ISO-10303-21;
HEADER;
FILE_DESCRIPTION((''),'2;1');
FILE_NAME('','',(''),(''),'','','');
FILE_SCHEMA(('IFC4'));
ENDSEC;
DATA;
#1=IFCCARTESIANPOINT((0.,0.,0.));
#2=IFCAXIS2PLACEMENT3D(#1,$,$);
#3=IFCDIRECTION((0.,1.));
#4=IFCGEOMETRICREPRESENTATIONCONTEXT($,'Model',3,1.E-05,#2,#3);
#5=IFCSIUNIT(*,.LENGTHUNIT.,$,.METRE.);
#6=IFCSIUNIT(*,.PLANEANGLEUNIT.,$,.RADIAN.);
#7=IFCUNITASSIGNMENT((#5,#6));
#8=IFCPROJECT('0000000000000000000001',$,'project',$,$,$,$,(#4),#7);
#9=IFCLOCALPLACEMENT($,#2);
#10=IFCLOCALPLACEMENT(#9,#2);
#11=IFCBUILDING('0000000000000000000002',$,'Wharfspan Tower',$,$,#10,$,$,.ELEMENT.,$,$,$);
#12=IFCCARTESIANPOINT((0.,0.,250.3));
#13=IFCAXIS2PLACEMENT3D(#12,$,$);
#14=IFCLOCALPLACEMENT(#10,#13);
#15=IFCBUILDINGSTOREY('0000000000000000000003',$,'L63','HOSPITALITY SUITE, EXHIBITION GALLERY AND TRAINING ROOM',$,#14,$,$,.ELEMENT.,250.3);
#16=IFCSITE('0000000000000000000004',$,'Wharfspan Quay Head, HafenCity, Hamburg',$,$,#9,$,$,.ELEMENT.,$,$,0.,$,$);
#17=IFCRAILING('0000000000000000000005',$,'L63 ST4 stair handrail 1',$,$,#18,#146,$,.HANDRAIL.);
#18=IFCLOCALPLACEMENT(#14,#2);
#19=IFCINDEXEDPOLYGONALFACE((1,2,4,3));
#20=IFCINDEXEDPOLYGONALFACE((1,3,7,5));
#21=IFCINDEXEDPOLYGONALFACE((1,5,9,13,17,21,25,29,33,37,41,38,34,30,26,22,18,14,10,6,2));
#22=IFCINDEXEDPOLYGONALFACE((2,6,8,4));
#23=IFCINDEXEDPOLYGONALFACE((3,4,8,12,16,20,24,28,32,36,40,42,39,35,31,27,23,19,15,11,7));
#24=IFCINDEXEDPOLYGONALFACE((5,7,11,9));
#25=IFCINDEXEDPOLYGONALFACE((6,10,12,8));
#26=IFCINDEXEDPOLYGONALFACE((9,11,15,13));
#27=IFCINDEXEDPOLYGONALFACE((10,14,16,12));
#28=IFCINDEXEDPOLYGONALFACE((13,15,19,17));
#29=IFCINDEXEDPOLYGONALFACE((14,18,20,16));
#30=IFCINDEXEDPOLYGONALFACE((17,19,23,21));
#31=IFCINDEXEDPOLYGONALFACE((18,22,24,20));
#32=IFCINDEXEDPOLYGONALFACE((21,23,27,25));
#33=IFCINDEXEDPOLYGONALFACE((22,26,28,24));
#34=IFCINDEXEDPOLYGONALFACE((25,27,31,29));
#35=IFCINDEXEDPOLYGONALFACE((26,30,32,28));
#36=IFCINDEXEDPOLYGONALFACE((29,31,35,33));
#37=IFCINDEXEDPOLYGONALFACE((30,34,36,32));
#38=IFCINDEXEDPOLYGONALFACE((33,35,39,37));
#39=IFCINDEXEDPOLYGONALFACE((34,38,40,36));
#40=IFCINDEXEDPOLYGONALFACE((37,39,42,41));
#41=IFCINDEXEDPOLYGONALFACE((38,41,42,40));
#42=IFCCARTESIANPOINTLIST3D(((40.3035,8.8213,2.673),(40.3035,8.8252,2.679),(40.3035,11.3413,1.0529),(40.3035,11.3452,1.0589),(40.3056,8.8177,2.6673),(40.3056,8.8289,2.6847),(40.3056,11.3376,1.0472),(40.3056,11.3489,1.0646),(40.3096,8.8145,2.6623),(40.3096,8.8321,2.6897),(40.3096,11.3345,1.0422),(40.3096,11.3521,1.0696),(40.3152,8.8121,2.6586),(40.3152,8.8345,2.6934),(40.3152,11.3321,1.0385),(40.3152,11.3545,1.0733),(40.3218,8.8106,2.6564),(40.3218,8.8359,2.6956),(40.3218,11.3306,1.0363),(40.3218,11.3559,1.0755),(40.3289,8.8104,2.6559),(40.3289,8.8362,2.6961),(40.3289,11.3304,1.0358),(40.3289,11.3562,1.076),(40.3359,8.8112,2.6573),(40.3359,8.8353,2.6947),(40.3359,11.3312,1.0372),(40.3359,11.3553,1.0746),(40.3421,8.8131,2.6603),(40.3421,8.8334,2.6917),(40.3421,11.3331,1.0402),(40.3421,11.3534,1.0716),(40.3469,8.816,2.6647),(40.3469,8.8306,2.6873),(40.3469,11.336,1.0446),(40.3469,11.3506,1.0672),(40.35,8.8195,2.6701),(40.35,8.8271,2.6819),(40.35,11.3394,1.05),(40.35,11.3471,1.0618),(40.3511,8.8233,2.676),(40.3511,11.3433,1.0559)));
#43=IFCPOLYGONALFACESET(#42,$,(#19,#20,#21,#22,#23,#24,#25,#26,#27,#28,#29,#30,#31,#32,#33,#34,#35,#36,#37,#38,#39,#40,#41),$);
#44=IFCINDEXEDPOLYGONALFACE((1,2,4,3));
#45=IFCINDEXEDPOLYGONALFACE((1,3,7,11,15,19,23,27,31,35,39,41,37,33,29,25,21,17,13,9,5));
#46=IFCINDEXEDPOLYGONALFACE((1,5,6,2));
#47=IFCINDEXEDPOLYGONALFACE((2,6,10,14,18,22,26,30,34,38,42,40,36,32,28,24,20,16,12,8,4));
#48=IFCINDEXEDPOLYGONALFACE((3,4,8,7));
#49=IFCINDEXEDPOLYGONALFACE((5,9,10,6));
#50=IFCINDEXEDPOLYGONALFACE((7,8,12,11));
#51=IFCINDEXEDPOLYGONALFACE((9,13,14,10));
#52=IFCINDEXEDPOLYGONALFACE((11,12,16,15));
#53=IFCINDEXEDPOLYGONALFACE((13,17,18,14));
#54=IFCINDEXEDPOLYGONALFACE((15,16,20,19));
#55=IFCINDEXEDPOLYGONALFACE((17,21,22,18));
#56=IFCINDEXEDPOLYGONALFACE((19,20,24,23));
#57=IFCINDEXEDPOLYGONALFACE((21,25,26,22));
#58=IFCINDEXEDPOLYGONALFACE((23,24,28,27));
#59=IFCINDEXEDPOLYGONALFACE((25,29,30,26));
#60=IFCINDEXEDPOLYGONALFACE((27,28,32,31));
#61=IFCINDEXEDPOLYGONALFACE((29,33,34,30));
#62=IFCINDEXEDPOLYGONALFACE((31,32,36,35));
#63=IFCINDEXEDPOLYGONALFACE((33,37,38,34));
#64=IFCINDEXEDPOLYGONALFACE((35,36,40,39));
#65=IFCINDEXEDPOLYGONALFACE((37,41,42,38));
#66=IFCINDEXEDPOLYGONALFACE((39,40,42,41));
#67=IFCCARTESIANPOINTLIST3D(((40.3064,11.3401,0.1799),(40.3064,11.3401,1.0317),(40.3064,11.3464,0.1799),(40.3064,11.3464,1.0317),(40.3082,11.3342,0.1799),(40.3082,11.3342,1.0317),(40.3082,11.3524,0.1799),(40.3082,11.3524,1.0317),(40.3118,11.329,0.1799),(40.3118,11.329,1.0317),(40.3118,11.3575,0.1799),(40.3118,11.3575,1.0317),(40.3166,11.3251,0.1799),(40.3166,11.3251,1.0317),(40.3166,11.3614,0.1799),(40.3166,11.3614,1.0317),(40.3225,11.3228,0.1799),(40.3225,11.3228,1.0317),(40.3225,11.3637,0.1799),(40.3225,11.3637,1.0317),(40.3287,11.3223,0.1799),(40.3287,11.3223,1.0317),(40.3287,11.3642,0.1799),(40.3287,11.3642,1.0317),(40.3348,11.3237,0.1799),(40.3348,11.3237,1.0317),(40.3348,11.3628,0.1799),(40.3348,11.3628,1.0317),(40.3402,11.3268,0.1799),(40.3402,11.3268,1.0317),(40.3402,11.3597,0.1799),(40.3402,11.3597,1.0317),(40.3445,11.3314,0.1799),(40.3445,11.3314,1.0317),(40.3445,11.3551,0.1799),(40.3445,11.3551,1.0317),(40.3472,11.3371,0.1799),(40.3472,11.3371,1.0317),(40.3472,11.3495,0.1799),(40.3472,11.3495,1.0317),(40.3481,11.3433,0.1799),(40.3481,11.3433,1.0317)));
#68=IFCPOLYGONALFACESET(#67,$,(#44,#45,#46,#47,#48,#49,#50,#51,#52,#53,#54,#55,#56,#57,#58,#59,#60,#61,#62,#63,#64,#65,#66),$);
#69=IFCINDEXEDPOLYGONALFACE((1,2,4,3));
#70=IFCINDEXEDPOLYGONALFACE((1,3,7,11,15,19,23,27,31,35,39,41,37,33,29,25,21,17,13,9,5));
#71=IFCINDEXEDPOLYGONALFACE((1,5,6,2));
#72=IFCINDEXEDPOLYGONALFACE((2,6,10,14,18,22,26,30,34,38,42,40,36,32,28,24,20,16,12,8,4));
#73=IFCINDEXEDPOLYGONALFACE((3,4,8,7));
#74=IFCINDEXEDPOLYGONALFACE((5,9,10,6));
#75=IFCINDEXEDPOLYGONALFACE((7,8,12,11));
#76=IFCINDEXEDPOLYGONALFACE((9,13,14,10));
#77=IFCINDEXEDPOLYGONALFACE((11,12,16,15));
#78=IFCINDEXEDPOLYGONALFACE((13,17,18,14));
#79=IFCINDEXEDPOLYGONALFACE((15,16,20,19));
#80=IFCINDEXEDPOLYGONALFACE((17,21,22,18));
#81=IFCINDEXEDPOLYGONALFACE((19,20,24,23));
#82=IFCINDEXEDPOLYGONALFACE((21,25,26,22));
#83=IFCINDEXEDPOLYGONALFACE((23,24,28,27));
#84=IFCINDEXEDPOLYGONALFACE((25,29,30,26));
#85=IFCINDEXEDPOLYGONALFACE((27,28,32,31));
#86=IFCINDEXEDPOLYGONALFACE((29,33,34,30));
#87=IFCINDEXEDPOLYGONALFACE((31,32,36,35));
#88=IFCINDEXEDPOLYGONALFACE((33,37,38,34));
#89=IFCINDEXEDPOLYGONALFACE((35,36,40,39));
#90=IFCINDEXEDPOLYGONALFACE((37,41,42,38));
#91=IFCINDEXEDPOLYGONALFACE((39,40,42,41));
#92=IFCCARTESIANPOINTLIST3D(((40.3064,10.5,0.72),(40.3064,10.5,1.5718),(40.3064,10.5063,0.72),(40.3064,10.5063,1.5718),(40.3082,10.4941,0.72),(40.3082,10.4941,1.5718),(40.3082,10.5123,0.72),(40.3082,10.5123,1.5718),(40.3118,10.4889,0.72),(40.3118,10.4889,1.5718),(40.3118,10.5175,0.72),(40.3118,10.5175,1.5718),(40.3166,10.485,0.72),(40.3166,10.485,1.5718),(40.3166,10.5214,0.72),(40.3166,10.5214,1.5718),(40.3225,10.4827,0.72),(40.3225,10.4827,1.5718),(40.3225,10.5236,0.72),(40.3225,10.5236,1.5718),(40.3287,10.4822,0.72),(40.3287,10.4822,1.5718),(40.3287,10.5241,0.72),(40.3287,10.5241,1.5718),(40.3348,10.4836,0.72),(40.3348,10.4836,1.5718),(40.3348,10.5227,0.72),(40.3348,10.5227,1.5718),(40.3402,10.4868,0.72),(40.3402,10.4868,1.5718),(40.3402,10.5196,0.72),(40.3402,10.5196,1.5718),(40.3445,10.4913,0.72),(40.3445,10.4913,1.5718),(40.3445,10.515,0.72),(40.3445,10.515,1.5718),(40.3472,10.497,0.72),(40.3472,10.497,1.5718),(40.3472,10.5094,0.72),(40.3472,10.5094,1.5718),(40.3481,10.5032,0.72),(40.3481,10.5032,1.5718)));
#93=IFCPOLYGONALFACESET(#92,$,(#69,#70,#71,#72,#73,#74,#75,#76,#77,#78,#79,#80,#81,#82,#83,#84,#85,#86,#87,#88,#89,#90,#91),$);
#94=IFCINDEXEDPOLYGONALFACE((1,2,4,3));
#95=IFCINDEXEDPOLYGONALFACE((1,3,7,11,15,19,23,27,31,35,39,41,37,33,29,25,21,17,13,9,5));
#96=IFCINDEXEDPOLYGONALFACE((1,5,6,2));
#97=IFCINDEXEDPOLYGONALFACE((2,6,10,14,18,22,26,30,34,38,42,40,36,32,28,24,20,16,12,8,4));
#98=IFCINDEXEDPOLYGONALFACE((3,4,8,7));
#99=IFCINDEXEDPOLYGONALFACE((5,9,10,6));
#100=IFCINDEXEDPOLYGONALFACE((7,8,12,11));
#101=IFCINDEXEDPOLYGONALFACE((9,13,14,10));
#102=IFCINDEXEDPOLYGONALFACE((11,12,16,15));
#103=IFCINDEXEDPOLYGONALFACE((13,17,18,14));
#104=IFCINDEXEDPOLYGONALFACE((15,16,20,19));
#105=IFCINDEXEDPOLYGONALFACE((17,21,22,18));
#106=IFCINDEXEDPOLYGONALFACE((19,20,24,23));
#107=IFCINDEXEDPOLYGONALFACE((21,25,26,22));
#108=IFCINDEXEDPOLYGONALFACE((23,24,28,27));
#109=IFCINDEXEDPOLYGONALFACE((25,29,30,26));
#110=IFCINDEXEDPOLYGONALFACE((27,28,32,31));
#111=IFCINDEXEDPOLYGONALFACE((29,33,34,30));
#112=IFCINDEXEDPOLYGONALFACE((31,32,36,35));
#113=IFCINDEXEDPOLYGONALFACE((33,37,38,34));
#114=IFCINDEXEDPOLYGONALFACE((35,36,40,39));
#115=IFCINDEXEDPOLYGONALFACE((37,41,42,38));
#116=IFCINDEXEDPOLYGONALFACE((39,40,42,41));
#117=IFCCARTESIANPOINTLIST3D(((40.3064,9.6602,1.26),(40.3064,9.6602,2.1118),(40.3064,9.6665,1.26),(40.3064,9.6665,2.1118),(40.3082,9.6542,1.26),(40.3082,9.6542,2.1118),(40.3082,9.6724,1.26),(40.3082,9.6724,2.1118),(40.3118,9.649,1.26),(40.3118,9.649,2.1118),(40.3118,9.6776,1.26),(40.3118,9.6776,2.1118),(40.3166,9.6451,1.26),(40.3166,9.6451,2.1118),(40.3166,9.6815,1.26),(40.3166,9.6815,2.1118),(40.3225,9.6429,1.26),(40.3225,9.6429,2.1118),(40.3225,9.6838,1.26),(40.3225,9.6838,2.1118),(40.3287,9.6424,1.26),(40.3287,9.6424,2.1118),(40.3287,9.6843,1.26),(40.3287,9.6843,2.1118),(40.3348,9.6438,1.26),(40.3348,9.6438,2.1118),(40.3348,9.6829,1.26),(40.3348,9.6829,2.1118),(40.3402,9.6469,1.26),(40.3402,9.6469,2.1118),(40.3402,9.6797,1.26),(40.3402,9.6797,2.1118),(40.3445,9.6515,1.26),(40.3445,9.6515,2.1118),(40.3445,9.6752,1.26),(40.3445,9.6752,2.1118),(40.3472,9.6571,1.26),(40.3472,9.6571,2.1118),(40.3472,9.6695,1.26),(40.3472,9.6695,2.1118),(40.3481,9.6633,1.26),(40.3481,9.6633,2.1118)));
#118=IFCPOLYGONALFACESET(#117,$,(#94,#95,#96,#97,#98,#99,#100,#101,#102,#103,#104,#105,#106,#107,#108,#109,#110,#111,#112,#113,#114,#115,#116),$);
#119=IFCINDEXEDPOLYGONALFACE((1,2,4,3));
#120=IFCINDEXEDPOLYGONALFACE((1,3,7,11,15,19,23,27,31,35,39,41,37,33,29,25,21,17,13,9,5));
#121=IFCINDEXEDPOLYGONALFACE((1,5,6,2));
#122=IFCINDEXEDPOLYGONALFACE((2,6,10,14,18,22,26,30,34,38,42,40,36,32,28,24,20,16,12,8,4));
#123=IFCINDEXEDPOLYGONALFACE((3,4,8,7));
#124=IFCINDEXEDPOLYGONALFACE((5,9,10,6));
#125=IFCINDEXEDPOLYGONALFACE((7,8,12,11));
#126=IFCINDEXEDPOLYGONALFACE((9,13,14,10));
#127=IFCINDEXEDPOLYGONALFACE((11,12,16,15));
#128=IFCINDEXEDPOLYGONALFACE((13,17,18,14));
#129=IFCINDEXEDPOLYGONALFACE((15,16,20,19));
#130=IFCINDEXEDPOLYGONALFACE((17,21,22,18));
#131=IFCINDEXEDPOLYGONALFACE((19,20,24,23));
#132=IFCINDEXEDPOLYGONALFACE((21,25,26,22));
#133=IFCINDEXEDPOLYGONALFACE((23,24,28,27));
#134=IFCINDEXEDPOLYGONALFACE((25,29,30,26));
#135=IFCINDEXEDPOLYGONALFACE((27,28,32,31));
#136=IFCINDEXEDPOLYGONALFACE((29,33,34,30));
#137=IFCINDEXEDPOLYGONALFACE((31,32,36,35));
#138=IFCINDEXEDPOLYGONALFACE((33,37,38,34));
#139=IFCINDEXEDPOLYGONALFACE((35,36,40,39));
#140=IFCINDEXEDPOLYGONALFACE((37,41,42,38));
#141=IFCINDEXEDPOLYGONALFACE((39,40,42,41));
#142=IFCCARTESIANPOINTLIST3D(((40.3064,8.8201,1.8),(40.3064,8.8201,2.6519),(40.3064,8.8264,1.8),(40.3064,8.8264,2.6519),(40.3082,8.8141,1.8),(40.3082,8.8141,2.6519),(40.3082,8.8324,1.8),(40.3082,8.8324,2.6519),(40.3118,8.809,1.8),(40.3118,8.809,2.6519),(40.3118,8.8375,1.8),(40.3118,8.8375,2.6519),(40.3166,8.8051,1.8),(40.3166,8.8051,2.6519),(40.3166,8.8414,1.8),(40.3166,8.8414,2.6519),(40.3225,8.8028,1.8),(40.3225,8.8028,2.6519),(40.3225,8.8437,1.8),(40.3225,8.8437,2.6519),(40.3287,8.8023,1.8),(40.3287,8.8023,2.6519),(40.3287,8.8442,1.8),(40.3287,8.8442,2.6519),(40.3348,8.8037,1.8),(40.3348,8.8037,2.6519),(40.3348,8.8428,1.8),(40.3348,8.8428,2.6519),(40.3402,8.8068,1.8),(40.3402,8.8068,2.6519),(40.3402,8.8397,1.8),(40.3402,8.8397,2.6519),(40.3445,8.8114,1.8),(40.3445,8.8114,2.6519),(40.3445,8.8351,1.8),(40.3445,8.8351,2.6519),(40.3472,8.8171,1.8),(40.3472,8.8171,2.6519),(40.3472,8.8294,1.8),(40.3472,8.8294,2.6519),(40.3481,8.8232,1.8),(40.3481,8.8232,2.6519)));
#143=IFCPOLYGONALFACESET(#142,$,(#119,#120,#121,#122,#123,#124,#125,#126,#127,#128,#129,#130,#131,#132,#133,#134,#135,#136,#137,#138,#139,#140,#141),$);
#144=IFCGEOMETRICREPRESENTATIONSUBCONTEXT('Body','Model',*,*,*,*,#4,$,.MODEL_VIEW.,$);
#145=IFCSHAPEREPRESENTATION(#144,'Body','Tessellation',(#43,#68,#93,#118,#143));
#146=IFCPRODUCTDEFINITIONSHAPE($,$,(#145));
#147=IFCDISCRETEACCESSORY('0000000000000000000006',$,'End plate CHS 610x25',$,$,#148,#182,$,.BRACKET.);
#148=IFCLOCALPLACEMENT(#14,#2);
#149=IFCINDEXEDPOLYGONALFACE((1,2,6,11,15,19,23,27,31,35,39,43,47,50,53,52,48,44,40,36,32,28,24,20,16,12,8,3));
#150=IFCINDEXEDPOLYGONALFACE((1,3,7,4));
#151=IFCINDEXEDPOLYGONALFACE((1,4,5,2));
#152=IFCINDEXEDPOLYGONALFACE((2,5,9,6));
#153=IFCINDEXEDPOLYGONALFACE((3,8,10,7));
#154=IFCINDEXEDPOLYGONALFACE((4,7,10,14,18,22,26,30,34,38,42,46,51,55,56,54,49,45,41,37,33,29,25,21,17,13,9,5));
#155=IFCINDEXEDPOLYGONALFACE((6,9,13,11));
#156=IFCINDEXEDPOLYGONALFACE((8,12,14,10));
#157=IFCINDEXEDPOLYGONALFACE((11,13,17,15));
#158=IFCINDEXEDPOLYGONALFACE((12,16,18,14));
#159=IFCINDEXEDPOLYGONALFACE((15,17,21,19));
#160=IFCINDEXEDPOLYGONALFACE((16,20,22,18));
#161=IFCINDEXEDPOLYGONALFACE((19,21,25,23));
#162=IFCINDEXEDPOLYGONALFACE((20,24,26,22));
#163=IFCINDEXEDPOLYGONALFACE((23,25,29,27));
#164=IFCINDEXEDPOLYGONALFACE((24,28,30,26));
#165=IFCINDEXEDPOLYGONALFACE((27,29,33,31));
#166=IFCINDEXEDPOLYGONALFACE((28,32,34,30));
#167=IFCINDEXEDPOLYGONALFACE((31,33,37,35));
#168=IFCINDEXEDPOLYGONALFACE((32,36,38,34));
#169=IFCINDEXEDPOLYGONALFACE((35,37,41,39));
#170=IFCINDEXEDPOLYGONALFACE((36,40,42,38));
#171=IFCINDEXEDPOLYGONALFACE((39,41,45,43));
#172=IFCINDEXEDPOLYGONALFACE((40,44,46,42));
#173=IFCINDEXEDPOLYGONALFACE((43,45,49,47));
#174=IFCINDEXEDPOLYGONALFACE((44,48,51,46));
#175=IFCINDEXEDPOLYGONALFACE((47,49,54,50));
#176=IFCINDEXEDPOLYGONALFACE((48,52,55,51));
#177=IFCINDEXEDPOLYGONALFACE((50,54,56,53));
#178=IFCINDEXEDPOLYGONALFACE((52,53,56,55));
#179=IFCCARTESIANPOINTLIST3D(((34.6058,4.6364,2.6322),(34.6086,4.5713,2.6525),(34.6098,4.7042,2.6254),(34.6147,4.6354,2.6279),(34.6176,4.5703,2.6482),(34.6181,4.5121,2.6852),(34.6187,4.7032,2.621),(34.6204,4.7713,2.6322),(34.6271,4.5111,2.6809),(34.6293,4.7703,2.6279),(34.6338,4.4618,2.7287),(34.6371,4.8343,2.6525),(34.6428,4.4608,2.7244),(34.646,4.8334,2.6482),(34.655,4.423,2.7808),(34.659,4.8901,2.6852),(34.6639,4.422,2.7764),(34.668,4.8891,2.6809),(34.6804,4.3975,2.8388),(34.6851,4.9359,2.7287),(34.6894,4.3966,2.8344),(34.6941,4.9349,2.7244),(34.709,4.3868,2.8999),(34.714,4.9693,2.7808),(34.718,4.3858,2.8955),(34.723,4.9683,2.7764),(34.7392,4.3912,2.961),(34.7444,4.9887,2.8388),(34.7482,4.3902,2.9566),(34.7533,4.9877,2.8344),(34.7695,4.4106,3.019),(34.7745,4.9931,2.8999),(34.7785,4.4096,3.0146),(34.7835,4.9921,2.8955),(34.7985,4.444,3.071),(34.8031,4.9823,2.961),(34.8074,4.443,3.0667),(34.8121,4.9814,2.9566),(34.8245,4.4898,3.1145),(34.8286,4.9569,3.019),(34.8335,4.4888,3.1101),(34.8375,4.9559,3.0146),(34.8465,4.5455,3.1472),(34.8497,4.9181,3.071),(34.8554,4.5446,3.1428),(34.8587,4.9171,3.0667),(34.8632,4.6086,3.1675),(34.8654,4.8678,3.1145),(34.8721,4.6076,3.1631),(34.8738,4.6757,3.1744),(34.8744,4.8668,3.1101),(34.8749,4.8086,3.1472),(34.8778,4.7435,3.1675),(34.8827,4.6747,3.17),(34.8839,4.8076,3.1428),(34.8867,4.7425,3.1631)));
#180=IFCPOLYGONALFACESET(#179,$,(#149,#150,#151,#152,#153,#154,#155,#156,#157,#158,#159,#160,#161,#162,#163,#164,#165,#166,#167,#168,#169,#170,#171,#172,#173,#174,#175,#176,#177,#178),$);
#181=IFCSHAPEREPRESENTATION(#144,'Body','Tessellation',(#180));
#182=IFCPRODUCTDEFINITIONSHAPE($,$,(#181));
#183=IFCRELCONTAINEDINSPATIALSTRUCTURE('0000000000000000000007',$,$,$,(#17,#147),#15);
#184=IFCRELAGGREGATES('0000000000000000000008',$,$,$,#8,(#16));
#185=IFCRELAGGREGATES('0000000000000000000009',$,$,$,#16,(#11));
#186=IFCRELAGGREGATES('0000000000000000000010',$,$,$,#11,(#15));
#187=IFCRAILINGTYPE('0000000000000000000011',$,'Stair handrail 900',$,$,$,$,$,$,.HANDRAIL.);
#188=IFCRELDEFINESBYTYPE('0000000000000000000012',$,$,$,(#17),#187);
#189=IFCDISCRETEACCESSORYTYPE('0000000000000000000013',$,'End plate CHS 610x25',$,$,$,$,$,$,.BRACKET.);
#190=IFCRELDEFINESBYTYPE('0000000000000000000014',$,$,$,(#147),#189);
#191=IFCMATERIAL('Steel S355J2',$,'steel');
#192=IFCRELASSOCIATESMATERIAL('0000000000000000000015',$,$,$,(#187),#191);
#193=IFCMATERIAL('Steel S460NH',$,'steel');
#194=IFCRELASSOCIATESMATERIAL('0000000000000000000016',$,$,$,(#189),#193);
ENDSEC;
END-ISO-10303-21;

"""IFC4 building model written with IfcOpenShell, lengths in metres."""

from ifc_helpers import new_model, si_unit, direction, frame, origin, origin_2d, place, context, subcontext, project, spatial, circle, extrude, material, material_profile, profile_set, type_object, element, save


model = new_model("IFC4")

# Units and contexts
model_context = context("Model", 3, precision=1e-05, world=origin(), true_north=direction((0.0, 1.0)))
body_context = subcontext(model_context, "Body", "Model", "MODEL_VIEW")
ifc_project = project(units=[si_unit("LENGTHUNIT", "METRE"), si_unit("PLANEANGLEUNIT", "RADIAN")], contexts=[model_context])

# Site, building, storey
site_placement = place(None, origin())
site = spatial("IfcSite", under=ifc_project, at=site_placement, Name="Wharfspan Quay Head, HafenCity, Hamburg", CompositionType="ELEMENT", RefElevation=0.0)
building_placement = place(site_placement, origin())
building = spatial("IfcBuilding", under=site, at=building_placement, Name="Wharfspan Tower", CompositionType="ELEMENT")
storey_placement = place(building_placement, frame((0.0, 0.0, 250.3)))
storey = spatial("IfcBuildingStorey", under=building, at=storey_placement, Name="L63", Description="HOSPITALITY SUITE, EXHIBITION GALLERY AND TRAINING ROOM", CompositionType="ELEMENT", Elevation=250.3)

# Shared definitions
ifc_material_1 = material(Name="Steel S355J2", Category="steel")

# Railing
railing_type_1 = type_object("IfcRailingType", Name="Stair handrail 900", PredefinedType="HANDRAIL", material=ifc_material_1)
railing_1_placement = place(storey_placement, frame((40.3271, 11.3433, 0.1799)))
element("IfcRailing", 1, at=railing_1_placement, inside=storey, type_object=railing_type_1, Name="L63 ST4 stair handrail 1", PredefinedType="HANDRAIL", context=body_context, shape_type="SweptSolid", body=[
    extrude(circle(Radius=0.0239, at=origin_2d()), frame((0.0, 0.0, 0.876), z_axis=(0.0, -0.841163, 0.540782), x_axis=(1.0, 0.0, 0.0)), (0.0, 0.0, 1.0), 2.9958),
    extrude(circle(Radius=0.021, at=origin_2d()), origin(), (0.0, 0.0, 1.0), 0.8518),
    extrude(circle(Radius=0.021, at=origin_2d()), frame((0.0, -0.8401, 0.54)), (0.0, 0.0, 1.0), 0.8518),
    extrude(circle(Radius=0.021, at=origin_2d()), frame((0.0, -1.6799, 1.0801)), (0.0, 0.0, 1.0), 0.8518),
    extrude(circle(Radius=0.021, at=origin_2d()), frame((0.0, -2.52, 1.6201)), (0.0, 0.0, 1.0), 0.8518),
])

# Discrete accessory
ifc_material_2 = material(Name="Steel S460NH", Category="steel")
ifc_material_profile_1 = material_profile(ifc_material_2, circle(Radius=0.3049, at=origin_2d()))
ifc_profile_set_1 = profile_set([ifc_material_profile_1], Name="Steel S460NH")
discrete_accessory_type = type_object("IfcDiscreteAccessoryType", Name="End plate CHS 610x25", PredefinedType="BRACKET", material=ifc_profile_set_1)
discrete_accessory_placement = place(storey_placement, frame((34.7507, 4.689, 2.8955), z_axis=(-0.895016, 0.096758, 0.435413), x_axis=(-0.107482, -0.994209, -0.000001)))
element("IfcDiscreteAccessory", 2, at=discrete_accessory_placement, inside=storey, type_object=discrete_accessory_type, Name="End plate CHS 610x25", PredefinedType="BRACKET", context=body_context, shape_type="SweptSolid", body=[
    extrude(circle(Radius=0.3049, at=origin_2d()), origin(), (0.0, 0.0, 1.0), 0.01),
])

save(model, "model.ifc")
